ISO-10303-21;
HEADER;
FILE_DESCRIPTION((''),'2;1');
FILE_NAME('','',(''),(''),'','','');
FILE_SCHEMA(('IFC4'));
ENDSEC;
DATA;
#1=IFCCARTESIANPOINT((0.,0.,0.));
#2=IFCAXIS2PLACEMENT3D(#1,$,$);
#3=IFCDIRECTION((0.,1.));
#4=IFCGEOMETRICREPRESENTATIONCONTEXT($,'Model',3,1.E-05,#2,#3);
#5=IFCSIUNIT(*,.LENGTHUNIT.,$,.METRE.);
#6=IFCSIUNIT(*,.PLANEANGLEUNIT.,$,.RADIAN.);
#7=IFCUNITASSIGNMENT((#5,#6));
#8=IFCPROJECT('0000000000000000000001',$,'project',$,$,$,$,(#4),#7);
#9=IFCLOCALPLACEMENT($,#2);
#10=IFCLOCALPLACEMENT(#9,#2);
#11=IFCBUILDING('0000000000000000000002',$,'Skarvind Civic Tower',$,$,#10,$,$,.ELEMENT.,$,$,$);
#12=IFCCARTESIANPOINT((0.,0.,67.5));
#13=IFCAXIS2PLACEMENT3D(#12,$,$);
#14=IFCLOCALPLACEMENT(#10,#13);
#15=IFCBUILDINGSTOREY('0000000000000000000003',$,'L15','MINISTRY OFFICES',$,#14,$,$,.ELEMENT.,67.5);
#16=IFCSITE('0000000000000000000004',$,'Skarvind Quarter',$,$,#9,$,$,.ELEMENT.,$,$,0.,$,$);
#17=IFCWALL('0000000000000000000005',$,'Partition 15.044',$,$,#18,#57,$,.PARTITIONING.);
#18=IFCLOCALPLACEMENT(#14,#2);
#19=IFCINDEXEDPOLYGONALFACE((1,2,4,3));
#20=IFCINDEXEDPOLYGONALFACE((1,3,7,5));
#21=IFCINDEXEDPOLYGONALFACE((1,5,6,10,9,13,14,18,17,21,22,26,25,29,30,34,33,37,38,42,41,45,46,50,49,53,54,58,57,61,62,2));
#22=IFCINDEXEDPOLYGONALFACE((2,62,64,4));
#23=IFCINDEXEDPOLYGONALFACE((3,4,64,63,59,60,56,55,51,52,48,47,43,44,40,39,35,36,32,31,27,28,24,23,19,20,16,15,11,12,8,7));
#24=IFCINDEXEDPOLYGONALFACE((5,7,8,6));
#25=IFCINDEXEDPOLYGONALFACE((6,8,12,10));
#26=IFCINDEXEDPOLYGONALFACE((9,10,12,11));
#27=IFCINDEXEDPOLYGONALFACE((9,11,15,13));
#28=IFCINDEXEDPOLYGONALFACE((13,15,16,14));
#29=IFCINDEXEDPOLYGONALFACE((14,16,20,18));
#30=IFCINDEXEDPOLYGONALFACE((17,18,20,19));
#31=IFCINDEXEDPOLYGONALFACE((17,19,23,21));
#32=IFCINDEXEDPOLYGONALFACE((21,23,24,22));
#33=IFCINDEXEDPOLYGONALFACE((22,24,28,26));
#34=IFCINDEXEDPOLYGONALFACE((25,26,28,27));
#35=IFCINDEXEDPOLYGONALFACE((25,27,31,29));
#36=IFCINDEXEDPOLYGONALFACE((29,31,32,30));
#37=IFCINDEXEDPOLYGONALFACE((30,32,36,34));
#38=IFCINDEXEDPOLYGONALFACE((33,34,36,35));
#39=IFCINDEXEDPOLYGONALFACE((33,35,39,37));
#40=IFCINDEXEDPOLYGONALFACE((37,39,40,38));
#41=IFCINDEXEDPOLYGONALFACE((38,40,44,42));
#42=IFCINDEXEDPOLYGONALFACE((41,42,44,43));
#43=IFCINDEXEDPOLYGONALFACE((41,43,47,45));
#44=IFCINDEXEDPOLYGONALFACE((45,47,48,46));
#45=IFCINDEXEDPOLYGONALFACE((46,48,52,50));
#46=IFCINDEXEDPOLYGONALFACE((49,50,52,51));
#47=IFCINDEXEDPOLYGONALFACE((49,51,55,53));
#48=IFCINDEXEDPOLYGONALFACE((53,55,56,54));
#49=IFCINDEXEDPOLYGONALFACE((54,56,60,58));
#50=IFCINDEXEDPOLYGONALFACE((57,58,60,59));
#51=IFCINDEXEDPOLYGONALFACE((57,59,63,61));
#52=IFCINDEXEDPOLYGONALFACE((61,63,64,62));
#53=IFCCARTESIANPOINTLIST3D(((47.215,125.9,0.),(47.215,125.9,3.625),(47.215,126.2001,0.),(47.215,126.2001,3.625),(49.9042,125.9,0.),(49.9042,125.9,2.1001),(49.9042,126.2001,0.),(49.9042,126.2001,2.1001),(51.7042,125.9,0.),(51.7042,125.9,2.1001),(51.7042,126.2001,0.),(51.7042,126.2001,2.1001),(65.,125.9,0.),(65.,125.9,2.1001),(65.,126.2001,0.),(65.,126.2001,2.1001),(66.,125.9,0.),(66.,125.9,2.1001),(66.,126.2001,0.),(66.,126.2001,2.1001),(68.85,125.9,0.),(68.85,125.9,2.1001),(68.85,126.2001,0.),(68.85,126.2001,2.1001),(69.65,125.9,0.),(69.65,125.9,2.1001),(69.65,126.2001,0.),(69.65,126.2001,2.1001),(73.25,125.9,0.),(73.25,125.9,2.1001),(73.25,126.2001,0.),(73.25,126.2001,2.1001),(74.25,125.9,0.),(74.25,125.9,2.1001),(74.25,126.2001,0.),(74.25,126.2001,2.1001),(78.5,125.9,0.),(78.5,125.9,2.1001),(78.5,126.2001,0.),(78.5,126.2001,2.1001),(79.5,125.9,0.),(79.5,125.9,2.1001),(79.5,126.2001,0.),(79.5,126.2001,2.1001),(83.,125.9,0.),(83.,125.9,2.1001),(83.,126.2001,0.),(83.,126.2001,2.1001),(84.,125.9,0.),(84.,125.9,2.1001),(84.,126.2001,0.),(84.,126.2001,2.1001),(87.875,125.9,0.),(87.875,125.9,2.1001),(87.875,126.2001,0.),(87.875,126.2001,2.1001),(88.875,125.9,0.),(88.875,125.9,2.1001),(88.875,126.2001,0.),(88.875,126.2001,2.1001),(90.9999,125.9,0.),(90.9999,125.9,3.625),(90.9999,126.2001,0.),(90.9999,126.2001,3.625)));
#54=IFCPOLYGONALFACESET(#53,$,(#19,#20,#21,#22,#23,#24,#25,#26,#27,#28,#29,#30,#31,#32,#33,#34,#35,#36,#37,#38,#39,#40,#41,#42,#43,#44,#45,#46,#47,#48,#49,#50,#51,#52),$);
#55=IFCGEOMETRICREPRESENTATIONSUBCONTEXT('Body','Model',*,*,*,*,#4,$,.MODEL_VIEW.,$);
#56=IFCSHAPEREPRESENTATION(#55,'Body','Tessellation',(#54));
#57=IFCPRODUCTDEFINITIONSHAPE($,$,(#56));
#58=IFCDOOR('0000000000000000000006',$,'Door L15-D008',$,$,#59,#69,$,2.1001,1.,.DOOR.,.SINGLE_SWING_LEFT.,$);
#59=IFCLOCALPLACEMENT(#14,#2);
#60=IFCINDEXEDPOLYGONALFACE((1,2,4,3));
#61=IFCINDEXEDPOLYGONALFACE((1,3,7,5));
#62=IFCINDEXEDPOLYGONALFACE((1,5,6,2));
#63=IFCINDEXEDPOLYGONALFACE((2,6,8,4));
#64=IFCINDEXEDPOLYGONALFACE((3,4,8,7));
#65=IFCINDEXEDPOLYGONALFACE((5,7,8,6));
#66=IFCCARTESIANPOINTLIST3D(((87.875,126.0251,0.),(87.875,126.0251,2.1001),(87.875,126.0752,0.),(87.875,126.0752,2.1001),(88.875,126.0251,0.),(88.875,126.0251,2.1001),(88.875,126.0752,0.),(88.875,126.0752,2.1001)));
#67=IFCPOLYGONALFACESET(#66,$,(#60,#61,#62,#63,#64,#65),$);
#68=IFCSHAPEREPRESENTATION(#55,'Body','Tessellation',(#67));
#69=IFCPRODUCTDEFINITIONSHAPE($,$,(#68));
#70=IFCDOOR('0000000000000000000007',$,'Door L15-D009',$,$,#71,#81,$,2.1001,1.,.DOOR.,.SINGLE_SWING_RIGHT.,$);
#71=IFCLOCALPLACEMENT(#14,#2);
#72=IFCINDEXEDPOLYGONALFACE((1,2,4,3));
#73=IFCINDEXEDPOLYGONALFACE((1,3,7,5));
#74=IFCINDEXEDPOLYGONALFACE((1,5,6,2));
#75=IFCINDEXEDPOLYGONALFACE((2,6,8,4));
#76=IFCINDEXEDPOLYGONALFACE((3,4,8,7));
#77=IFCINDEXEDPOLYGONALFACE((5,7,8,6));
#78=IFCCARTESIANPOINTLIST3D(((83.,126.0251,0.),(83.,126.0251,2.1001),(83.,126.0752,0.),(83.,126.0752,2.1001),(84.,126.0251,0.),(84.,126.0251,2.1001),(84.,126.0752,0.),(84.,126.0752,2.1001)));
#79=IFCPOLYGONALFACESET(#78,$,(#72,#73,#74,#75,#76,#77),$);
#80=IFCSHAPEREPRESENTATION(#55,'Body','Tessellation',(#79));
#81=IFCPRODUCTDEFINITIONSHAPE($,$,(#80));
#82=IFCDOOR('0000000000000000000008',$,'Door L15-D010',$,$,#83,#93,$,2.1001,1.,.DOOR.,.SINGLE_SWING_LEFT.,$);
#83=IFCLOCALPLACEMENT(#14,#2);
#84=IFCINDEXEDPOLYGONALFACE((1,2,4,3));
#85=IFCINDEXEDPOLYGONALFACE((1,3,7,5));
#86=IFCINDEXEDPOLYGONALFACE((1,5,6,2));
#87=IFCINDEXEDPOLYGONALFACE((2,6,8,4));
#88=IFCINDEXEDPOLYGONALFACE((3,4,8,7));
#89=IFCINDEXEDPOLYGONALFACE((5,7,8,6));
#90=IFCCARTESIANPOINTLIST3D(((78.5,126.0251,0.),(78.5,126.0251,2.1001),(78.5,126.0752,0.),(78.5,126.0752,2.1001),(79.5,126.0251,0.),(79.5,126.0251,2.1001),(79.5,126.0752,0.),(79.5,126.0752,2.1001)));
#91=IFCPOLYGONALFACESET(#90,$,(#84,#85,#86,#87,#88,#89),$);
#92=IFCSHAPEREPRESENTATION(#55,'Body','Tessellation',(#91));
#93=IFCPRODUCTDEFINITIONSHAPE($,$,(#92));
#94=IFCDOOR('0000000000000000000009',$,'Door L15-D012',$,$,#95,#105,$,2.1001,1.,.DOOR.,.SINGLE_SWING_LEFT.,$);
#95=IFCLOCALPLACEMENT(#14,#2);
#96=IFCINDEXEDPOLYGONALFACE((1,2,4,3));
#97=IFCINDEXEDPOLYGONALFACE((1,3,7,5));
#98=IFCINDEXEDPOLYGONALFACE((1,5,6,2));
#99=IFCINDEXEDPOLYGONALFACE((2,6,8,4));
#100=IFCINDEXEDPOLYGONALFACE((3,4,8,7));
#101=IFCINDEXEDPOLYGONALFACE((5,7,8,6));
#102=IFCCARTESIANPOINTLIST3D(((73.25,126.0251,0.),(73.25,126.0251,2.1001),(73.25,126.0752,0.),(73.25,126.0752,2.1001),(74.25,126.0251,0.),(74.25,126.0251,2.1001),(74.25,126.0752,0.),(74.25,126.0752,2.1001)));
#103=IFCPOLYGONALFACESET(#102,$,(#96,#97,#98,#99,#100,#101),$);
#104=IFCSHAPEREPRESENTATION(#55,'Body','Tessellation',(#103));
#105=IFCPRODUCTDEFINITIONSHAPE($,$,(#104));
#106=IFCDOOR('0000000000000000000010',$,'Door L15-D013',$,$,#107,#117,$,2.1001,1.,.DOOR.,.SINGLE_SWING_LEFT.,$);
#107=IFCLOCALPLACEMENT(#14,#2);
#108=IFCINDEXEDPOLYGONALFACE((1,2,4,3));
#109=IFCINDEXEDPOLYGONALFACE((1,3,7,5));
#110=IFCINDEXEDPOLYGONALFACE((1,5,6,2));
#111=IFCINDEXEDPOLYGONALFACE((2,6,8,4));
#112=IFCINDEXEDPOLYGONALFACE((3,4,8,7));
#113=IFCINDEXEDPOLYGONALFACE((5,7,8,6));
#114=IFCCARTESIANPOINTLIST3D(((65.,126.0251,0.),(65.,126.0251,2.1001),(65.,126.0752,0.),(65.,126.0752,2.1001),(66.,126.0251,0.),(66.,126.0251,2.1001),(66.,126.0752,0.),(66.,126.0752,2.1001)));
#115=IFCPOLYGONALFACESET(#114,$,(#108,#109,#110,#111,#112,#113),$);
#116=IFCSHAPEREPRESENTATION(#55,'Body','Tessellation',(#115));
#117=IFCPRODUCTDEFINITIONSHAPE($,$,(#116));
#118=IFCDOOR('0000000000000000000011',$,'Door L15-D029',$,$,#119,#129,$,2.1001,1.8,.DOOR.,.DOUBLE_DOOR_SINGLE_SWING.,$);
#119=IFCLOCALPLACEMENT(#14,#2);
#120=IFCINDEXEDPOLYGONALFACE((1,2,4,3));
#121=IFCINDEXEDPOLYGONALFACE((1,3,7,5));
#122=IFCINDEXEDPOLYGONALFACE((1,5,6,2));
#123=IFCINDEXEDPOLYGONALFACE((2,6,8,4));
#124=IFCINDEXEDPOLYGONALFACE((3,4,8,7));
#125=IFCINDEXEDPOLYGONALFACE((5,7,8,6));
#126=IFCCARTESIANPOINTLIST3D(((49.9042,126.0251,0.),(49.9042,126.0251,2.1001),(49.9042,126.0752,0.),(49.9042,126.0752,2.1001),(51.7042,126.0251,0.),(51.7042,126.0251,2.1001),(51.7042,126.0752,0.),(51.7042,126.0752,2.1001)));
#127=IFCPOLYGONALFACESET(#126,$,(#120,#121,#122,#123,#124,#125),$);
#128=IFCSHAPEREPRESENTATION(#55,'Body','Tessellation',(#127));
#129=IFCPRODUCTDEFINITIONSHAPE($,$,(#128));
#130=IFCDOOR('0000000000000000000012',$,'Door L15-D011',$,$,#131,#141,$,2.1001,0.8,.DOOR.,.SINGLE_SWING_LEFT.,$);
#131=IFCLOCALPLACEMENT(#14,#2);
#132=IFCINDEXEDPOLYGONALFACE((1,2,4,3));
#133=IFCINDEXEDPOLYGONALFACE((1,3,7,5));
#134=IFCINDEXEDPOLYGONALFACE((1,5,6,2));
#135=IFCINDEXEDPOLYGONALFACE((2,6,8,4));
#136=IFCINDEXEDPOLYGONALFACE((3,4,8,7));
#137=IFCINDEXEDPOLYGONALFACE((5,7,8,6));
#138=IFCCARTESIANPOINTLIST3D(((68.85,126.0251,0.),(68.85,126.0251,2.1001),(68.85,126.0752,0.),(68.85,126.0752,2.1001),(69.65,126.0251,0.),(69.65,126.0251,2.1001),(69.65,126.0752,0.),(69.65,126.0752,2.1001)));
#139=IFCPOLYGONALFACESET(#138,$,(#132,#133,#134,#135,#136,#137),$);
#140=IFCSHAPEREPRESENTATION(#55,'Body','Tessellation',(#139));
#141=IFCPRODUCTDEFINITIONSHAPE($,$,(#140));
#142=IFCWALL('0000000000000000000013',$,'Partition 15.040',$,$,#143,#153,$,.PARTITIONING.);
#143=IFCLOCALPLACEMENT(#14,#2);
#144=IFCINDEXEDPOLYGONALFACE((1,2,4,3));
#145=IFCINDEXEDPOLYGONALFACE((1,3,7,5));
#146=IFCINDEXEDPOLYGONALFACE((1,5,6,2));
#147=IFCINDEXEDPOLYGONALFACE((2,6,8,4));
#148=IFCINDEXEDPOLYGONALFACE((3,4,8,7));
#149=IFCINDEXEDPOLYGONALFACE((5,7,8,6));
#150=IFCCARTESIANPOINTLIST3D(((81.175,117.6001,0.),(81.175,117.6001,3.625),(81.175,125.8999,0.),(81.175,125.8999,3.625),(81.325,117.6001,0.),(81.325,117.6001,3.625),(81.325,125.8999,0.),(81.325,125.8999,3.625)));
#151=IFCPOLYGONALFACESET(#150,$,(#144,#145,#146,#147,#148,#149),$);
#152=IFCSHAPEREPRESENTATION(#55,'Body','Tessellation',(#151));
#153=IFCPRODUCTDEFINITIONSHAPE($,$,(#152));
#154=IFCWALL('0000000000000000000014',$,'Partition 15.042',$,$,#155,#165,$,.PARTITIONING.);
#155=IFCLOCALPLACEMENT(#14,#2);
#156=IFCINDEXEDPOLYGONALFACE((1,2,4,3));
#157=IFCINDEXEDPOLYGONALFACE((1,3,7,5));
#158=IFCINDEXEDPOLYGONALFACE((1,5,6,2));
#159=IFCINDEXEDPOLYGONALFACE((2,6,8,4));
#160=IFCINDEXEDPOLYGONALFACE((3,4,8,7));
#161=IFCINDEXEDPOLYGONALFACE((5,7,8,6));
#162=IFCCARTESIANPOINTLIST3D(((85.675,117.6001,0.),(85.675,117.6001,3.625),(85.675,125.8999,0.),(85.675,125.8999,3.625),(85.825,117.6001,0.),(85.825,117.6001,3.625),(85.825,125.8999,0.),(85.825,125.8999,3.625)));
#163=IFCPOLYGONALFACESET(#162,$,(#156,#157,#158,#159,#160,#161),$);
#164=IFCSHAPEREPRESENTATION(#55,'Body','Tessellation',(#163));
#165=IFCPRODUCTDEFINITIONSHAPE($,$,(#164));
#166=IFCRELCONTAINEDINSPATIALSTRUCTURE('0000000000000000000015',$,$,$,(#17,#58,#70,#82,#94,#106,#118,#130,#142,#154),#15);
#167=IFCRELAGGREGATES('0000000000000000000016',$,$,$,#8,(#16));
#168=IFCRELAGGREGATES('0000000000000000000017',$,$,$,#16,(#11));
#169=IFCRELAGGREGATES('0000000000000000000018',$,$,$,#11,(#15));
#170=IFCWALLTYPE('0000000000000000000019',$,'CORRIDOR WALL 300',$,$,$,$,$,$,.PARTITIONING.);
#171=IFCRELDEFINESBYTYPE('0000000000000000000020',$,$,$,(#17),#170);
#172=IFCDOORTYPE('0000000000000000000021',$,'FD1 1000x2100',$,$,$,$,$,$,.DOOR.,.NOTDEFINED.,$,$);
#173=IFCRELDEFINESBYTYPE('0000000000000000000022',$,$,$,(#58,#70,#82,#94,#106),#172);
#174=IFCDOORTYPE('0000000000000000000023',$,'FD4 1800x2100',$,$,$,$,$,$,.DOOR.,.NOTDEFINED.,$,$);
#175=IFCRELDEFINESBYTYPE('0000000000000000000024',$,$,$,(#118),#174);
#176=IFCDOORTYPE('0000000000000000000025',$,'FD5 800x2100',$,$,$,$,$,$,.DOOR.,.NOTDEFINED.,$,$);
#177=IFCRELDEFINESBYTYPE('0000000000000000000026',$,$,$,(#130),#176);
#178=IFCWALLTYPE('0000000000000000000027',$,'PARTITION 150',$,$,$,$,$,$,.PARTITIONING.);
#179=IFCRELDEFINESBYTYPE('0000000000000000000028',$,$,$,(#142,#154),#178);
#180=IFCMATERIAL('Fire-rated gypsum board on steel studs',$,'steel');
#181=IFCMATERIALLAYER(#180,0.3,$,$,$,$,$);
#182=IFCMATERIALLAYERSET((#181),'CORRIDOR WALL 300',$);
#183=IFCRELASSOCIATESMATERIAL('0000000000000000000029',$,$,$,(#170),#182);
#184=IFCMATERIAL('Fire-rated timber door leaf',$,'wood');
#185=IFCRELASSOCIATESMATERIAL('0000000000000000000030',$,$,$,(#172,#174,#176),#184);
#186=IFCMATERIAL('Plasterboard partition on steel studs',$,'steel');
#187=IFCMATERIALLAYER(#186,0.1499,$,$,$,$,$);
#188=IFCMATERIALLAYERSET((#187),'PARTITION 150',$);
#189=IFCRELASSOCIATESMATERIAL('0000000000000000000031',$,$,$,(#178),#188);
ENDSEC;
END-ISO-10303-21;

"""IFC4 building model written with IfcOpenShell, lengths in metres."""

from ifc_helpers import new_model, si_unit, direction, frame, frame_2d, origin, place, context, subcontext, project, spatial, rectangle, extrude, material, layer, layer_set, type_object, element, fill, save


model = new_model("IFC4")

# Units and contexts
model_context = context("Model", 3, precision=1e-05, world=origin(), true_north=direction((0.0, 1.0)))
body_context = subcontext(model_context, "Body", "Model", "MODEL_VIEW")
ifc_project = project(units=[si_unit("LENGTHUNIT", "METRE"), si_unit("PLANEANGLEUNIT", "RADIAN")], contexts=[model_context])

# Site, building, storey
site_placement = place(None, origin())
site = spatial("IfcSite", under=ifc_project, at=site_placement, Name="Skarvind Quarter", CompositionType="ELEMENT", RefElevation=0.0)
building_placement = place(site_placement, origin())
building = spatial("IfcBuilding", under=site, at=building_placement, Name="Skarvind Civic Tower", CompositionType="ELEMENT")
storey_placement = place(building_placement, frame((0.0, 0.0, 67.5)))
storey = spatial("IfcBuildingStorey", under=building, at=storey_placement, Name="L15", Description="MINISTRY OFFICES", CompositionType="ELEMENT", Elevation=67.5)

# Wall, openings, doors
ifc_material_1 = material(Name="Fire-rated gypsum board on steel studs", Category="steel")
ifc_layer_1 = layer(ifc_material_1, 0.3)
ifc_layer_set_1 = layer_set([ifc_layer_1], Name="CORRIDOR WALL 300")
wall_type_1 = type_object("IfcWallType", Name="CORRIDOR WALL 300", PredefinedType="PARTITIONING", material=ifc_layer_set_1)
wall_1_placement = place(storey_placement, frame((91.0, 126.05, 0.0), z_axis=(0.0, 0.0, 1.0), x_axis=(-1.0, 0.0, 0.0)))
wall_1 = element("IfcWall", 1, at=wall_1_placement, inside=storey, type_object=wall_type_1, Name="Partition 15.044", PredefinedType="PARTITIONING", context=body_context, shape_type="SweptSolid", body=[
    extrude(rectangle(XDim=43.7849, YDim=0.3, at=frame_2d((21.8926, 0.0))), origin(), (0.0, 0.0, 1.0), 3.625),
])
opening_1_placement = place(wall_1_placement, frame((2.125, 0.0, 0.0)))
opening_1 = element("IfcOpeningElement", 2, at=opening_1_placement, cuts=wall_1, PredefinedType="OPENING", context=body_context, shape_type="SweptSolid", body=[
    extrude(rectangle(XDim=1.0, YDim=2.1001, at=frame_2d((0.5, 1.05))), frame((0.0, 0.1599, 0.0), z_axis=(0.0, -1.0, 0.0), x_axis=(1.0, 0.0, 0.0)), (0.0, 0.0, 1.0), 0.3201),
])
opening_2_placement = place(wall_1_placement, frame((7.0, 0.0, 0.0)))
opening_2 = element("IfcOpeningElement", 3, at=opening_2_placement, cuts=wall_1, PredefinedType="OPENING", context=body_context, shape_type="SweptSolid", body=[
    extrude(rectangle(XDim=1.0, YDim=2.1001, at=frame_2d((0.5, 1.05))), frame((0.0, 0.1599, 0.0), z_axis=(0.0, -1.0, 0.0), x_axis=(1.0, 0.0, 0.0)), (0.0, 0.0, 1.0), 0.3201),
])
opening_3_placement = place(wall_1_placement, frame((11.5, 0.0, 0.0)))
opening_3 = element("IfcOpeningElement", 4, at=opening_3_placement, cuts=wall_1, PredefinedType="OPENING", context=body_context, shape_type="SweptSolid", body=[
    extrude(rectangle(XDim=1.0, YDim=2.1001, at=frame_2d((0.5, 1.05))), frame((0.0, 0.1599, 0.0), z_axis=(0.0, -1.0, 0.0), x_axis=(1.0, 0.0, 0.0)), (0.0, 0.0, 1.0), 0.3201),
])
opening_4_placement = place(wall_1_placement, frame((21.3501, 0.0, 0.0)))
opening_4 = element("IfcOpeningElement", 5, at=opening_4_placement, cuts=wall_1, PredefinedType="OPENING", context=body_context, shape_type="SweptSolid", body=[
    extrude(rectangle(XDim=0.8, YDim=2.1001, at=frame_2d((0.3999, 1.05))), frame((0.0, 0.1599, 0.0), z_axis=(0.0, -1.0, 0.0), x_axis=(1.0, 0.0, 0.0)), (0.0, 0.0, 1.0), 0.3201),
])
opening_5_placement = place(wall_1_placement, frame((16.75, 0.0, 0.0)))
opening_5 = element("IfcOpeningElement", 6, at=opening_5_placement, cuts=wall_1, PredefinedType="OPENING", context=body_context, shape_type="SweptSolid", body=[
    extrude(rectangle(XDim=1.0, YDim=2.1001, at=frame_2d((0.5, 1.05))), frame((0.0, 0.1599, 0.0), z_axis=(0.0, -1.0, 0.0), x_axis=(1.0, 0.0, 0.0)), (0.0, 0.0, 1.0), 0.3201),
])
opening_6_placement = place(wall_1_placement, frame((25.0, 0.0, 0.0)))
opening_6 = element("IfcOpeningElement", 7, at=opening_6_placement, cuts=wall_1, PredefinedType="OPENING", context=body_context, shape_type="SweptSolid", body=[
    extrude(rectangle(XDim=1.0, YDim=2.1001, at=frame_2d((0.5, 1.05))), frame((0.0, 0.1599, 0.0), z_axis=(0.0, -1.0, 0.0), x_axis=(1.0, 0.0, 0.0)), (0.0, 0.0, 1.0), 0.3201),
])
opening_7_placement = place(wall_1_placement, frame((39.2959, 0.0, 0.0)))
opening_7 = element("IfcOpeningElement", 8, at=opening_7_placement, cuts=wall_1, PredefinedType="OPENING", context=body_context, shape_type="SweptSolid", body=[
    extrude(rectangle(XDim=1.8, YDim=2.1001, at=frame_2d((0.8999, 1.05))), frame((0.0, 0.1599, 0.0), z_axis=(0.0, -1.0, 0.0), x_axis=(1.0, 0.0, 0.0)), (0.0, 0.0, 1.0), 0.3201),
])
ifc_material_2 = material(Name="Fire-rated timber door leaf", Category="wood")
door_type_1 = type_object("IfcDoorType", Name="FD1 1000x2100", OperationType="NOTDEFINED", PredefinedType="DOOR", material=ifc_material_2)
door_1_placement = place(opening_1_placement, origin())
door_1 = element("IfcDoor", 9, at=door_1_placement, inside=storey, type_object=door_type_1, Name="Door L15-D008", OperationType="SINGLE_SWING_LEFT", OverallHeight=2.1001, OverallWidth=1.0, PredefinedType="DOOR", context=body_context, shape_type="SweptSolid", body=[
    extrude(rectangle(XDim=1.0, YDim=2.1001, at=frame_2d((0.5, 1.05))), frame((0.0, 0.0249, 0.0), z_axis=(0.0, -1.0, 0.0), x_axis=(1.0, 0.0, 0.0)), (0.0, 0.0, 1.0), 0.05),
])
fill(opening_1, door_1)
door_2_placement = place(opening_2_placement, origin())
door_2 = element("IfcDoor", 10, at=door_2_placement, inside=storey, type_object=door_type_1, Name="Door L15-D009", OperationType="SINGLE_SWING_RIGHT", OverallHeight=2.1001, OverallWidth=1.0, PredefinedType="DOOR", context=body_context, shape_type="SweptSolid", body=[
    extrude(rectangle(XDim=1.0, YDim=2.1001, at=frame_2d((0.5, 1.05))), frame((0.0, 0.0249, 0.0), z_axis=(0.0, -1.0, 0.0), x_axis=(1.0, 0.0, 0.0)), (0.0, 0.0, 1.0), 0.05),
])
fill(opening_2, door_2)
door_3_placement = place(opening_3_placement, origin())
door_3 = element("IfcDoor", 11, at=door_3_placement, inside=storey, type_object=door_type_1, Name="Door L15-D010", OperationType="SINGLE_SWING_LEFT", OverallHeight=2.1001, OverallWidth=1.0, PredefinedType="DOOR", context=body_context, shape_type="SweptSolid", body=[
    extrude(rectangle(XDim=1.0, YDim=2.1001, at=frame_2d((0.5, 1.05))), frame((0.0, 0.0249, 0.0), z_axis=(0.0, -1.0, 0.0), x_axis=(1.0, 0.0, 0.0)), (0.0, 0.0, 1.0), 0.05),
])
fill(opening_3, door_3)
door_4_placement = place(opening_5_placement, origin())
door_4 = element("IfcDoor", 12, at=door_4_placement, inside=storey, type_object=door_type_1, Name="Door L15-D012", OperationType="SINGLE_SWING_LEFT", OverallHeight=2.1001, OverallWidth=1.0, PredefinedType="DOOR", context=body_context, shape_type="SweptSolid", body=[
    extrude(rectangle(XDim=1.0, YDim=2.1001, at=frame_2d((0.5, 1.05))), frame((0.0, 0.0249, 0.0), z_axis=(0.0, -1.0, 0.0), x_axis=(1.0, 0.0, 0.0)), (0.0, 0.0, 1.0), 0.05),
])
fill(opening_5, door_4)
door_5_placement = place(opening_6_placement, origin())
door_5 = element("IfcDoor", 13, at=door_5_placement, inside=storey, type_object=door_type_1, Name="Door L15-D013", OperationType="SINGLE_SWING_LEFT", OverallHeight=2.1001, OverallWidth=1.0, PredefinedType="DOOR", context=body_context, shape_type="SweptSolid", body=[
    extrude(rectangle(XDim=1.0, YDim=2.1001, at=frame_2d((0.5, 1.05))), frame((0.0, 0.0249, 0.0), z_axis=(0.0, -1.0, 0.0), x_axis=(1.0, 0.0, 0.0)), (0.0, 0.0, 1.0), 0.05),
])
fill(opening_6, door_5)
door_type_2 = type_object("IfcDoorType", Name="FD4 1800x2100", OperationType="NOTDEFINED", PredefinedType="DOOR", material=ifc_material_2)
door_6_placement = place(opening_7_placement, origin())
door_6 = element("IfcDoor", 14, at=door_6_placement, inside=storey, type_object=door_type_2, Name="Door L15-D029", OperationType="DOUBLE_DOOR_SINGLE_SWING", OverallHeight=2.1001, OverallWidth=1.8, PredefinedType="DOOR", context=body_context, shape_type="SweptSolid", body=[
    extrude(rectangle(XDim=1.8, YDim=2.1001, at=frame_2d((0.8999, 1.05))), frame((0.0, 0.0249, 0.0), z_axis=(0.0, -1.0, 0.0), x_axis=(1.0, 0.0, 0.0)), (0.0, 0.0, 1.0), 0.05),
])
fill(opening_7, door_6)
door_type_3 = type_object("IfcDoorType", Name="FD5 800x2100", OperationType="NOTDEFINED", PredefinedType="DOOR", material=ifc_material_2)
door_7_placement = place(opening_4_placement, origin())
door_7 = element("IfcDoor", 15, at=door_7_placement, inside=storey, type_object=door_type_3, Name="Door L15-D011", OperationType="SINGLE_SWING_LEFT", OverallHeight=2.1001, OverallWidth=0.8, PredefinedType="DOOR", context=body_context, shape_type="SweptSolid", body=[
    extrude(rectangle(XDim=0.8, YDim=2.1001, at=frame_2d((0.3999, 1.05))), frame((0.0, 0.0249, 0.0), z_axis=(0.0, -1.0, 0.0), x_axis=(1.0, 0.0, 0.0)), (0.0, 0.0, 1.0), 0.05),
])
fill(opening_4, door_7)

# Walls
ifc_material_3 = material(Name="Plasterboard partition on steel studs", Category="steel")
ifc_layer_2 = layer(ifc_material_3, 0.1499)
ifc_layer_set_2 = layer_set([ifc_layer_2], Name="PARTITION 150")
wall_type_2 = type_object("IfcWallType", Name="PARTITION 150", PredefinedType="PARTITIONING", material=ifc_layer_set_2)
for number, where, z_axis, x_axis, name in (
    (16, (81.25, 117.6001, 0.0), (0.0, 0.0, 1.0), (0.0, 1.0, 0.0), "Partition 15.040"),
    (17, (85.75, 117.6001, 0.0), (0.0, 0.0, 1.0), (0.0, 1.0, 0.0), "Partition 15.042"),
):
    element("IfcWall", number, at=place(storey_placement, frame(where, z_axis=z_axis, x_axis=x_axis)), inside=storey, type_object=wall_type_2, Name=name, PredefinedType="PARTITIONING", context=body_context, shape_type="SweptSolid", body=[
        extrude(rectangle(XDim=8.2998, YDim=0.1499, at=frame_2d((4.1499, 0.0))), origin(), (0.0, 0.0, 1.0), 3.625),
    ])

save(model, "model.ifc")
